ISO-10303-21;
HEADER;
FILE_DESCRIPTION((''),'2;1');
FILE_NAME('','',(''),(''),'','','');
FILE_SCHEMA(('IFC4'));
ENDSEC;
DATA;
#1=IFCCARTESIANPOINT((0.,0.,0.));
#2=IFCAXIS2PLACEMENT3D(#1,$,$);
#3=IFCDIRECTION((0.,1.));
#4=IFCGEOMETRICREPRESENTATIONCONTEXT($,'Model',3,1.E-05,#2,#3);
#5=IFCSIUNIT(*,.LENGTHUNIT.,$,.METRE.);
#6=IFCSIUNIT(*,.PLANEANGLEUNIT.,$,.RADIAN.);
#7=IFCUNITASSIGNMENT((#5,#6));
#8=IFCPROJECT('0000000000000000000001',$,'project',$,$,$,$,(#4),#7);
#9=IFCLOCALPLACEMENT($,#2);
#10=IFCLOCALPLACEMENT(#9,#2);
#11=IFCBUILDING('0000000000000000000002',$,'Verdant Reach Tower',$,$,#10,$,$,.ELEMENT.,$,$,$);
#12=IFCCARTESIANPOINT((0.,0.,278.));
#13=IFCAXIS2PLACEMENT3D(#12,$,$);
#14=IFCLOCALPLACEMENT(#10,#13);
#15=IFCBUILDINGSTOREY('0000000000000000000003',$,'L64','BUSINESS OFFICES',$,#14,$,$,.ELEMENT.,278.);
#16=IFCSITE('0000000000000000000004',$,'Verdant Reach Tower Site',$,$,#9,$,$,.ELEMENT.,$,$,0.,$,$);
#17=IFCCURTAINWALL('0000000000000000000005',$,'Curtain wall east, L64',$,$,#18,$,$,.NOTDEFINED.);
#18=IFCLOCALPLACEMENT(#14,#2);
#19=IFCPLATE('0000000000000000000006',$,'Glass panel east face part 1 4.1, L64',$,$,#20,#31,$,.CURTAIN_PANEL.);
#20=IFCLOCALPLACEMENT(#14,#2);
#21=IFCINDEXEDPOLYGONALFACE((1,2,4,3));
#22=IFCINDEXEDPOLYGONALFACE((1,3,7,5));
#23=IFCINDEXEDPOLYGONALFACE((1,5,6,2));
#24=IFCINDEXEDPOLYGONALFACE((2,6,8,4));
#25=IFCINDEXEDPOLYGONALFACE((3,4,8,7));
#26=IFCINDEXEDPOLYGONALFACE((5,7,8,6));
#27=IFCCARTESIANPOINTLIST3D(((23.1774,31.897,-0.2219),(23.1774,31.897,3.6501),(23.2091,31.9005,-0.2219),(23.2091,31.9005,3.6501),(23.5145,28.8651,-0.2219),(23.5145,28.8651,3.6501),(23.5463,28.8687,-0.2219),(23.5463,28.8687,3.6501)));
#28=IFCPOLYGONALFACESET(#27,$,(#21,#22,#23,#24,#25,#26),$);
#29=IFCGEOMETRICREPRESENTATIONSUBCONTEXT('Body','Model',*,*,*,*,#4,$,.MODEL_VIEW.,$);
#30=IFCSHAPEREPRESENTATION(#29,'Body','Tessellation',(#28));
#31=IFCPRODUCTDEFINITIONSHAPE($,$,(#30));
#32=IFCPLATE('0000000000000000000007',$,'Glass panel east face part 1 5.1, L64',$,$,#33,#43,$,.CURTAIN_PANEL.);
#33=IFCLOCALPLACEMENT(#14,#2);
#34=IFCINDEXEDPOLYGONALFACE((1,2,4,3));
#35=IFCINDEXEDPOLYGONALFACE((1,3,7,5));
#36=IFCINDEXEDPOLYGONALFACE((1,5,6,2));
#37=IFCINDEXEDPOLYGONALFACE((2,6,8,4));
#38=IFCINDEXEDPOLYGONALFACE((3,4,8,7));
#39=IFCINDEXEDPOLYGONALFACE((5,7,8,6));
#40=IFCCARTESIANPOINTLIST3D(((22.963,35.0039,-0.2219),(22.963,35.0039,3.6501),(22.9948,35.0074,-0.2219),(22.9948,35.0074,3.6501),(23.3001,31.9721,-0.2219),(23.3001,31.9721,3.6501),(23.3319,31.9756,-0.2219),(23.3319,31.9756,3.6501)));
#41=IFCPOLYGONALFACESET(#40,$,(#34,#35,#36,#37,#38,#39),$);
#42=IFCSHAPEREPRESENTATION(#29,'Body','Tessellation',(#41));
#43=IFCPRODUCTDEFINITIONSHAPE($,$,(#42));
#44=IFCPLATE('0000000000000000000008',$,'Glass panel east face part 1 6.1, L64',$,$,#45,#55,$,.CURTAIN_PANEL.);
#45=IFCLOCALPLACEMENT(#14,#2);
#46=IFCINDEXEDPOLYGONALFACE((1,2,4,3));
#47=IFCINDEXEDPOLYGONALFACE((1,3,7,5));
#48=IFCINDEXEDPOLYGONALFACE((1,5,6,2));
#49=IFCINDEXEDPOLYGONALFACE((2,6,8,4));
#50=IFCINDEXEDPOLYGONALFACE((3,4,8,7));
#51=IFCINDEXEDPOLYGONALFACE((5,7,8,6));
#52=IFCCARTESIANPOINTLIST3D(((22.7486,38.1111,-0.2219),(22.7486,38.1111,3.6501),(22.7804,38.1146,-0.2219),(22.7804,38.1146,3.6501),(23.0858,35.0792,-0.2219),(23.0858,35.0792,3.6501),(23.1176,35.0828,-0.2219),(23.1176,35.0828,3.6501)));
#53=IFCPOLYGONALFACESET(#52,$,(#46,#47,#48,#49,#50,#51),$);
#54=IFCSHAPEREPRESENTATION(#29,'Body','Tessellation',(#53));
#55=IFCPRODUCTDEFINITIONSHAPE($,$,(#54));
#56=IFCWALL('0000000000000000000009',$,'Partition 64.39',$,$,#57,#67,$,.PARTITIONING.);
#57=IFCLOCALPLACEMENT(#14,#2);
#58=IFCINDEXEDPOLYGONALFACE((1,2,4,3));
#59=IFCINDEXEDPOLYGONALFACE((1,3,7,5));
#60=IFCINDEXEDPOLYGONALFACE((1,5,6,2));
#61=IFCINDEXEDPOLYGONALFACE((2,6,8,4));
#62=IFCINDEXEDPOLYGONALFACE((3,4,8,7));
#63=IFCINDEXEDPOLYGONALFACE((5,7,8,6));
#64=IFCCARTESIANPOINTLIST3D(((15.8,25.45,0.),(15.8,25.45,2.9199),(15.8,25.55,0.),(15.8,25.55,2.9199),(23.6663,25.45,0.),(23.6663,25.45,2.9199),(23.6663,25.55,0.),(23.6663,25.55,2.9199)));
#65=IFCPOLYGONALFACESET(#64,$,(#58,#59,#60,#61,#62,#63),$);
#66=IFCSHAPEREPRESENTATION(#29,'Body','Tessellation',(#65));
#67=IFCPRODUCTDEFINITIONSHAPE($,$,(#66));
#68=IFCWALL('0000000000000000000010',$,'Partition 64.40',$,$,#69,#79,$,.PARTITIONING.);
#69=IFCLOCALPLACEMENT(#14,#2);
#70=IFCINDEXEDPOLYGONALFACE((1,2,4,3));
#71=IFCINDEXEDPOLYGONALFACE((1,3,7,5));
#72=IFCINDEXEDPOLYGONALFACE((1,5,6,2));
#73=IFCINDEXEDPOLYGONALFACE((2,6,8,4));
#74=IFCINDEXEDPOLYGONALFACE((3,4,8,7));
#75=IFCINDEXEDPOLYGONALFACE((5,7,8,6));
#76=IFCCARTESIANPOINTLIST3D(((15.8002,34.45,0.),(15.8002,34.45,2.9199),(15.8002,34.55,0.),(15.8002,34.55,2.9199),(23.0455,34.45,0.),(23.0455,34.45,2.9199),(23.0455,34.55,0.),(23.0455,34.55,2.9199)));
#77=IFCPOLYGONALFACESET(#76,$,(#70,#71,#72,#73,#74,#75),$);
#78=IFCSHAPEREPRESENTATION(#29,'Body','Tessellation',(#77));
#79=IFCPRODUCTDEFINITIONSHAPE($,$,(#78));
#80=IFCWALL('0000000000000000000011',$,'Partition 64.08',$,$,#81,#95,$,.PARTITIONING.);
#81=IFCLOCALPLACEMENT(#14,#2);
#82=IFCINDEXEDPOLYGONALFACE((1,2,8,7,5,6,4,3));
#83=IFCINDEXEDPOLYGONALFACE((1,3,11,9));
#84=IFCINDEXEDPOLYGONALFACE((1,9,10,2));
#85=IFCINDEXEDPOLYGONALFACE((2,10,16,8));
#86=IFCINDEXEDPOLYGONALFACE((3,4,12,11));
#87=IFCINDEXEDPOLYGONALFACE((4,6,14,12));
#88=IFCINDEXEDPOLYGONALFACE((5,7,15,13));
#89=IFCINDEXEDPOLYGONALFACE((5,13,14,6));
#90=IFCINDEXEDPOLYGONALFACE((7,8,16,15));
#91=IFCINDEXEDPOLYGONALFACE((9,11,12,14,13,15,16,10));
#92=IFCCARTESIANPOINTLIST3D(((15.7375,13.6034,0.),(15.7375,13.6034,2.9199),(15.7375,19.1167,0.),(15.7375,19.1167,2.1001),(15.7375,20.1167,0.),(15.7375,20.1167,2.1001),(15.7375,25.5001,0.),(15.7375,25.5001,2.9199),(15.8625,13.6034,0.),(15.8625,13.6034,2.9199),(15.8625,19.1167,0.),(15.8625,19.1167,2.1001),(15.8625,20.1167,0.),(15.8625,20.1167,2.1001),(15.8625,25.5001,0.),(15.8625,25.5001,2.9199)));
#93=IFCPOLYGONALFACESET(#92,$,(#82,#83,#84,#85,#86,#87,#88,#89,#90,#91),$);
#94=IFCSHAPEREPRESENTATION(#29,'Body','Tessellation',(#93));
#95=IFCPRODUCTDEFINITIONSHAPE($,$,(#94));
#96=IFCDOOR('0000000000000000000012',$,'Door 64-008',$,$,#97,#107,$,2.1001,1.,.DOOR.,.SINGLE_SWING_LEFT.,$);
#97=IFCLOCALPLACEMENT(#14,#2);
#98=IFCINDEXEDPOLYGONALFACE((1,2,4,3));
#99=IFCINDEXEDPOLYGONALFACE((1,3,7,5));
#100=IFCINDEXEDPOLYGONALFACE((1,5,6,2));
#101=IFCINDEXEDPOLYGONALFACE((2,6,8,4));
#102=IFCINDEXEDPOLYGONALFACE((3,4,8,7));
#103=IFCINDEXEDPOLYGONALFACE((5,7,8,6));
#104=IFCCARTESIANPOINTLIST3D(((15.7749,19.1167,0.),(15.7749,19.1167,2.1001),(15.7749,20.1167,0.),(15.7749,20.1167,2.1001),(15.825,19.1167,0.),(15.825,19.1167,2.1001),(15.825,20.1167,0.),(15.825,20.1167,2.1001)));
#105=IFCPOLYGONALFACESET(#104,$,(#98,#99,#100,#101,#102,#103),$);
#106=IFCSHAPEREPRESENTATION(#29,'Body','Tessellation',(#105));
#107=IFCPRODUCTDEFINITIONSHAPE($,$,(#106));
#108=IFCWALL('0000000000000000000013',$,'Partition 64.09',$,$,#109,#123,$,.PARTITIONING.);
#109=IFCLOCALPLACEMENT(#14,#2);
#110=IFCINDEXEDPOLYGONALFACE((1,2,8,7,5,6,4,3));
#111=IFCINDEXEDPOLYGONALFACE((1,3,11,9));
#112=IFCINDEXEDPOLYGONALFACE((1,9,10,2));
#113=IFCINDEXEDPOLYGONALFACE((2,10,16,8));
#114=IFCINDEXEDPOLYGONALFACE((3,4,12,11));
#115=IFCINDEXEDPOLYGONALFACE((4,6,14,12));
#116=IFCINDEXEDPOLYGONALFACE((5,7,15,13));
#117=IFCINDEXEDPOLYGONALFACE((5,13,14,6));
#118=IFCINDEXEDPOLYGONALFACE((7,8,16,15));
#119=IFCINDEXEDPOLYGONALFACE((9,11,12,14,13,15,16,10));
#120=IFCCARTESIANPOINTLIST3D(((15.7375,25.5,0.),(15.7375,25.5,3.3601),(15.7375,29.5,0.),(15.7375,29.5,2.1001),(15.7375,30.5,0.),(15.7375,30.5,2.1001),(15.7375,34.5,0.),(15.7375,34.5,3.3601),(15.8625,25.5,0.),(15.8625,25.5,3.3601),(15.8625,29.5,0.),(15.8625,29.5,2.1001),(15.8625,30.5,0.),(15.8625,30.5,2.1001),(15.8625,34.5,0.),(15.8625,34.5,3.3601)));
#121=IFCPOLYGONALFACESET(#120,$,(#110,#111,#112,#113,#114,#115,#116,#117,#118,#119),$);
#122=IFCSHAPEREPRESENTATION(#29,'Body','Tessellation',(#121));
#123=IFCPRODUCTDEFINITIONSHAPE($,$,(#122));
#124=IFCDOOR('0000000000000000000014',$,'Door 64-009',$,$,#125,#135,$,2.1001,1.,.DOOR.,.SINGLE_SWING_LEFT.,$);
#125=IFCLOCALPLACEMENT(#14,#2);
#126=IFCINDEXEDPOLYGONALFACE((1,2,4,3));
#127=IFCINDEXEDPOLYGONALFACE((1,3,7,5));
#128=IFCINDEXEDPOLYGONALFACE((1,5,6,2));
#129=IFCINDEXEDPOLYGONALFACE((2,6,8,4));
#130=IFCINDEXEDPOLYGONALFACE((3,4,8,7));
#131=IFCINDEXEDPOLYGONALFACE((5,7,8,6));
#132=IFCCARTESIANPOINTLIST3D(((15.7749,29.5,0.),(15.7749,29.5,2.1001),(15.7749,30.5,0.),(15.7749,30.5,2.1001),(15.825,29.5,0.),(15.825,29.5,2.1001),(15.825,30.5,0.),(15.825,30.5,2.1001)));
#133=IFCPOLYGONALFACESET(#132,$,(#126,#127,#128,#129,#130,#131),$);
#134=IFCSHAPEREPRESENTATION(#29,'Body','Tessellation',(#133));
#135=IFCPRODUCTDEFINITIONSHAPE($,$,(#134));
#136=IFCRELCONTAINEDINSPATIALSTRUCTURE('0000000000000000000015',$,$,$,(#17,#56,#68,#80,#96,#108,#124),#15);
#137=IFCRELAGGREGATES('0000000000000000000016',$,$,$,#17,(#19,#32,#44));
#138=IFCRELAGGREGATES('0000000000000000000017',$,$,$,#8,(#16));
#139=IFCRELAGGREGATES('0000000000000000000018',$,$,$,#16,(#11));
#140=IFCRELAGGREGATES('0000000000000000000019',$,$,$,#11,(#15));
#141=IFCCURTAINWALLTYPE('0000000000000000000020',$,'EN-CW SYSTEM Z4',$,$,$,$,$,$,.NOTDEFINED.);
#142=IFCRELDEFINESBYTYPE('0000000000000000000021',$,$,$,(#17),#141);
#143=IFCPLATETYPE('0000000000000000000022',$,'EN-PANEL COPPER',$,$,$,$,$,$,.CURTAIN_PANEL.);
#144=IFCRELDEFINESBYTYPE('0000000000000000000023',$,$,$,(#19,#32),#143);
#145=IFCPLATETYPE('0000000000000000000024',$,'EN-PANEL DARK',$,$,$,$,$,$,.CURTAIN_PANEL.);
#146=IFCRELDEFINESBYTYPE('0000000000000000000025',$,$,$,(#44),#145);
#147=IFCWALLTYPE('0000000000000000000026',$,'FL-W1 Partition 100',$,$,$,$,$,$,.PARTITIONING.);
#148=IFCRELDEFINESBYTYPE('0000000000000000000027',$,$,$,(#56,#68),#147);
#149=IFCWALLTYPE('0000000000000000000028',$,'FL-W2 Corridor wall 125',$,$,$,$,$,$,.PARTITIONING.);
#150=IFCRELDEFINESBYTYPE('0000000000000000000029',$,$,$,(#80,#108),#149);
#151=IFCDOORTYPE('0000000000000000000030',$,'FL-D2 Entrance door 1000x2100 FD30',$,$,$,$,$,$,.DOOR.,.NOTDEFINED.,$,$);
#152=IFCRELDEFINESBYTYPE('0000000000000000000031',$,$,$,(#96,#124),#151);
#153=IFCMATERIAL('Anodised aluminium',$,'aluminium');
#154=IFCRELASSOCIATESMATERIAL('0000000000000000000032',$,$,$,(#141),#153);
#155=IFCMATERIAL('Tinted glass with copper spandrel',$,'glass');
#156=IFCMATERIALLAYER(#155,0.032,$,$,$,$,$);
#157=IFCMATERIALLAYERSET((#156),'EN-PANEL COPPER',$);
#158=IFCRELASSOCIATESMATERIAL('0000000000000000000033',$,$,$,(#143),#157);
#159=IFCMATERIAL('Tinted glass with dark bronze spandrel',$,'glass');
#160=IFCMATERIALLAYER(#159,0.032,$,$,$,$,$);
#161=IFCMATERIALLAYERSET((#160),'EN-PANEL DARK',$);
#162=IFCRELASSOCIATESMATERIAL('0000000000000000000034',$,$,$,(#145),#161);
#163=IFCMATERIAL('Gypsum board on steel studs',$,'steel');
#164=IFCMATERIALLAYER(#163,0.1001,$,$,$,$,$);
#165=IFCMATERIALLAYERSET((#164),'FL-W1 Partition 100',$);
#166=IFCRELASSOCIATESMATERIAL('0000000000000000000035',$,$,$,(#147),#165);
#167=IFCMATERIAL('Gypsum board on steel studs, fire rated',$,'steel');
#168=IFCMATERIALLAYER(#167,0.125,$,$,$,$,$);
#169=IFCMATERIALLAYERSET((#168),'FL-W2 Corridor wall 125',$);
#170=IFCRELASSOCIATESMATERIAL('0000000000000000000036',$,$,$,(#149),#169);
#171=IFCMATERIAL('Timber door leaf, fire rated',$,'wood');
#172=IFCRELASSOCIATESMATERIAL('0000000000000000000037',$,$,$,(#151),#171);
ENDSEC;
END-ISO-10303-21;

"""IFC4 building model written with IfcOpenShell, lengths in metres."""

from ifc_helpers import new_model, si_unit, direction, frame, frame_2d, origin, origin_2d, place, context, subcontext, project, spatial, rectangle, extrude, material, layer, layer_set, type_object, element, fill, aggregate, save


model = new_model("IFC4")

# Units and contexts
model_context = context("Model", 3, precision=1e-05, world=origin(), true_north=direction((0.0, 1.0)))
body_context = subcontext(model_context, "Body", "Model", "MODEL_VIEW")
ifc_project = project(units=[si_unit("LENGTHUNIT", "METRE"), si_unit("PLANEANGLEUNIT", "RADIAN")], contexts=[model_context])

# Site, building, storey
site_placement = place(None, origin())
site = spatial("IfcSite", under=ifc_project, at=site_placement, Name="Verdant Reach Tower Site", CompositionType="ELEMENT", RefElevation=0.0)
building_placement = place(site_placement, origin())
building = spatial("IfcBuilding", under=site, at=building_placement, Name="Verdant Reach Tower", CompositionType="ELEMENT")
storey_placement = place(building_placement, frame((0.0, 0.0, 278.0)))
storey = spatial("IfcBuildingStorey", under=building, at=storey_placement, Name="L64", Description="BUSINESS OFFICES", CompositionType="ELEMENT", Elevation=278.0)

# Curtain wall
ifc_material_1 = material(Name="Anodised aluminium", Category="aluminium")
curtain_wall_type = type_object("IfcCurtainWallType", Name="EN-CW SYSTEM Z4", PredefinedType="NOTDEFINED", material=ifc_material_1)
curtain_wall_placement = place(storey_placement, origin())
curtain_wall = element("IfcCurtainWall", 1, at=curtain_wall_placement, inside=storey, type_object=curtain_wall_type, Name="Curtain wall east, L64", PredefinedType="NOTDEFINED")

# Plates
ifc_material_2 = material(Name="Tinted glass with copper spandrel", Category="glass")
ifc_layer_1 = layer(ifc_material_2, 0.032)
ifc_layer_set_1 = layer_set([ifc_layer_1], Name="EN-PANEL COPPER")
plate_type_1 = type_object("IfcPlateType", Name="EN-PANEL COPPER", PredefinedType="CURTAIN_PANEL", material=ifc_layer_set_1)
plate_1_placement = place(storey_placement, frame((23.3618, 30.3828, -0.2219), z_axis=(0.0, 0.0, 1.0), x_axis=(-0.110518, 0.993874, 0.0)))
plate_1 = element("IfcPlate", 2, at=plate_1_placement, type_object=plate_type_1, Name="Glass panel east face part 1 4.1, L64", PredefinedType="CURTAIN_PANEL", context=body_context, shape_type="SweptSolid", body=[
    extrude(rectangle(XDim=3.0505, YDim=0.032, at=origin_2d()), origin(), (0.0, 0.0, 1.0), 3.8721),
])
plate_2_placement = place(storey_placement, frame((23.1475, 33.4897, -0.2219), z_axis=(0.0, 0.0, 1.0), x_axis=(-0.110518, 0.993874, 0.0)))
plate_2 = element("IfcPlate", 3, at=plate_2_placement, type_object=plate_type_1, Name="Glass panel east face part 1 5.1, L64", PredefinedType="CURTAIN_PANEL", context=body_context, shape_type="SweptSolid", body=[
    extrude(rectangle(XDim=3.0505, YDim=0.032, at=origin_2d()), origin(), (0.0, 0.0, 1.0), 3.8721),
])
ifc_material_3 = material(Name="Tinted glass with dark bronze spandrel", Category="glass")
ifc_layer_2 = layer(ifc_material_3, 0.032)
ifc_layer_set_2 = layer_set([ifc_layer_2], Name="EN-PANEL DARK")
plate_type_2 = type_object("IfcPlateType", Name="EN-PANEL DARK", PredefinedType="CURTAIN_PANEL", material=ifc_layer_set_2)
plate_3_placement = place(storey_placement, frame((22.9331, 36.5969, -0.2219), z_axis=(0.0, 0.0, 1.0), x_axis=(-0.110518, 0.993874, 0.0)))
plate_3 = element("IfcPlate", 4, at=plate_3_placement, type_object=plate_type_2, Name="Glass panel east face part 1 6.1, L64", PredefinedType="CURTAIN_PANEL", context=body_context, shape_type="SweptSolid", body=[
    extrude(rectangle(XDim=3.0505, YDim=0.032, at=origin_2d()), origin(), (0.0, 0.0, 1.0), 3.8721),
])
aggregate(curtain_wall, [plate_1, plate_2, plate_3])

# Walls
ifc_material_4 = material(Name="Gypsum board on steel studs", Category="steel")
ifc_layer_3 = layer(ifc_material_4, 0.1001)
ifc_layer_set_3 = layer_set([ifc_layer_3], Name="FL-W1 Partition 100")
wall_type_1 = type_object("IfcWallType", Name="FL-W1 Partition 100", PredefinedType="PARTITIONING", material=ifc_layer_set_3)
wall_1_placement = place(storey_placement, frame((23.6663, 25.5, 0.0), z_axis=(0.0, 0.0, 1.0), x_axis=(-1.0, 0.0, 0.0)))
element("IfcWall", 5, at=wall_1_placement, inside=storey, type_object=wall_type_1, Name="Partition 64.39", PredefinedType="PARTITIONING", context=body_context, shape_type="SweptSolid", body=[
    extrude(rectangle(XDim=7.8662, YDim=0.1001, at=frame_2d((3.9331, 0.0))), origin(), (0.0, 0.0, 1.0), 2.9199),
])
wall_2_placement = place(storey_placement, frame((23.0454, 34.5, 0.0), z_axis=(0.0, 0.0, 1.0), x_axis=(-1.0, 0.0, 0.0)))
element("IfcWall", 6, at=wall_2_placement, inside=storey, type_object=wall_type_1, Name="Partition 64.40", PredefinedType="PARTITIONING", context=body_context, shape_type="SweptSolid", body=[
    extrude(rectangle(XDim=7.2454, YDim=0.1001, at=frame_2d((3.6226, 0.0))), origin(), (0.0, 0.0, 1.0), 2.9199),
])

# Walls, openings, doors
ifc_material_5 = material(Name="Gypsum board on steel studs, fire rated", Category="steel")
ifc_layer_4 = layer(ifc_material_5, 0.125)
ifc_layer_set_4 = layer_set([ifc_layer_4], Name="FL-W2 Corridor wall 125")
wall_type_2 = type_object("IfcWallType", Name="FL-W2 Corridor wall 125", PredefinedType="PARTITIONING", material=ifc_layer_set_4)
wall_3_placement = place(storey_placement, frame((15.8, 25.5, 0.0), z_axis=(0.0, 0.0, 1.0), x_axis=(0.0, -1.0, 0.0)))
wall_3 = element("IfcWall", 7, at=wall_3_placement, inside=storey, type_object=wall_type_2, Name="Partition 64.08", PredefinedType="PARTITIONING", context=body_context, shape_type="SweptSolid", body=[
    extrude(rectangle(XDim=11.8967, YDim=0.125, at=frame_2d((5.9482, 0.0))), origin(), (0.0, 0.0, 1.0), 2.9199),
])
opening_1_placement = place(wall_3_placement, frame((5.3833, 0.0, 0.0)))
opening_1 = element("IfcOpeningElement", 8, at=opening_1_placement, cuts=wall_3, PredefinedType="OPENING", context=body_context, shape_type="SweptSolid", body=[
    extrude(rectangle(XDim=1.0, YDim=2.1001, at=frame_2d((0.5, 1.05))), frame((0.0, 0.0725, 0.0), z_axis=(0.0, -1.0, 0.0), x_axis=(1.0, 0.0, 0.0)), (0.0, 0.0, 1.0), 0.145),
])
ifc_material_6 = material(Name="Timber door leaf, fire rated", Category="wood")
door_type_1 = type_object("IfcDoorType", Name="FL-D2 Entrance door 1000x2100 FD30", OperationType="NOTDEFINED", PredefinedType="DOOR", material=ifc_material_6)
door_1_placement = place(opening_1_placement, origin())
door_1 = element("IfcDoor", 9, at=door_1_placement, inside=storey, type_object=door_type_1, Name="Door 64-008", OperationType="SINGLE_SWING_LEFT", OverallHeight=2.1001, OverallWidth=1.0, PredefinedType="DOOR", context=body_context, shape_type="SweptSolid", body=[
    extrude(rectangle(XDim=1.0, YDim=2.1001, at=frame_2d((0.5, 1.05))), frame((0.0, 0.0249, 0.0), z_axis=(0.0, -1.0, 0.0), x_axis=(1.0, 0.0, 0.0)), (0.0, 0.0, 1.0), 0.05),
])
fill(opening_1, door_1)
wall_4_placement = place(storey_placement, frame((15.8, 34.5, 0.0), z_axis=(0.0, 0.0, 1.0), x_axis=(0.0, -1.0, 0.0)))
wall_4 = element("IfcWall", 10, at=wall_4_placement, inside=storey, type_object=wall_type_2, Name="Partition 64.09", PredefinedType="PARTITIONING", context=body_context, shape_type="SweptSolid", body=[
    extrude(rectangle(XDim=9.0, YDim=0.125, at=frame_2d((4.5, 0.0))), origin(), (0.0, 0.0, 1.0), 3.3601),
])
opening_2_placement = place(wall_4_placement, frame((4.0, 0.0, 0.0)))
opening_2 = element("IfcOpeningElement", 11, at=opening_2_placement, cuts=wall_4, PredefinedType="OPENING", context=body_context, shape_type="SweptSolid", body=[
    extrude(rectangle(XDim=1.0, YDim=2.1001, at=frame_2d((0.5, 1.05))), frame((0.0, 0.0725, 0.0), z_axis=(0.0, -1.0, 0.0), x_axis=(1.0, 0.0, 0.0)), (0.0, 0.0, 1.0), 0.145),
])
door_2_placement = place(opening_2_placement, origin())
door_2 = element("IfcDoor", 12, at=door_2_placement, inside=storey, type_object=door_type_1, Name="Door 64-009", OperationType="SINGLE_SWING_LEFT", OverallHeight=2.1001, OverallWidth=1.0, PredefinedType="DOOR", context=body_context, shape_type="SweptSolid", body=[
    extrude(rectangle(XDim=1.0, YDim=2.1001, at=frame_2d((0.5, 1.05))), frame((0.0, 0.0249, 0.0), z_axis=(0.0, -1.0, 0.0), x_axis=(1.0, 0.0, 0.0)), (0.0, 0.0, 1.0), 0.05),
])
fill(opening_2, door_2)

save(model, "model.ifc")
